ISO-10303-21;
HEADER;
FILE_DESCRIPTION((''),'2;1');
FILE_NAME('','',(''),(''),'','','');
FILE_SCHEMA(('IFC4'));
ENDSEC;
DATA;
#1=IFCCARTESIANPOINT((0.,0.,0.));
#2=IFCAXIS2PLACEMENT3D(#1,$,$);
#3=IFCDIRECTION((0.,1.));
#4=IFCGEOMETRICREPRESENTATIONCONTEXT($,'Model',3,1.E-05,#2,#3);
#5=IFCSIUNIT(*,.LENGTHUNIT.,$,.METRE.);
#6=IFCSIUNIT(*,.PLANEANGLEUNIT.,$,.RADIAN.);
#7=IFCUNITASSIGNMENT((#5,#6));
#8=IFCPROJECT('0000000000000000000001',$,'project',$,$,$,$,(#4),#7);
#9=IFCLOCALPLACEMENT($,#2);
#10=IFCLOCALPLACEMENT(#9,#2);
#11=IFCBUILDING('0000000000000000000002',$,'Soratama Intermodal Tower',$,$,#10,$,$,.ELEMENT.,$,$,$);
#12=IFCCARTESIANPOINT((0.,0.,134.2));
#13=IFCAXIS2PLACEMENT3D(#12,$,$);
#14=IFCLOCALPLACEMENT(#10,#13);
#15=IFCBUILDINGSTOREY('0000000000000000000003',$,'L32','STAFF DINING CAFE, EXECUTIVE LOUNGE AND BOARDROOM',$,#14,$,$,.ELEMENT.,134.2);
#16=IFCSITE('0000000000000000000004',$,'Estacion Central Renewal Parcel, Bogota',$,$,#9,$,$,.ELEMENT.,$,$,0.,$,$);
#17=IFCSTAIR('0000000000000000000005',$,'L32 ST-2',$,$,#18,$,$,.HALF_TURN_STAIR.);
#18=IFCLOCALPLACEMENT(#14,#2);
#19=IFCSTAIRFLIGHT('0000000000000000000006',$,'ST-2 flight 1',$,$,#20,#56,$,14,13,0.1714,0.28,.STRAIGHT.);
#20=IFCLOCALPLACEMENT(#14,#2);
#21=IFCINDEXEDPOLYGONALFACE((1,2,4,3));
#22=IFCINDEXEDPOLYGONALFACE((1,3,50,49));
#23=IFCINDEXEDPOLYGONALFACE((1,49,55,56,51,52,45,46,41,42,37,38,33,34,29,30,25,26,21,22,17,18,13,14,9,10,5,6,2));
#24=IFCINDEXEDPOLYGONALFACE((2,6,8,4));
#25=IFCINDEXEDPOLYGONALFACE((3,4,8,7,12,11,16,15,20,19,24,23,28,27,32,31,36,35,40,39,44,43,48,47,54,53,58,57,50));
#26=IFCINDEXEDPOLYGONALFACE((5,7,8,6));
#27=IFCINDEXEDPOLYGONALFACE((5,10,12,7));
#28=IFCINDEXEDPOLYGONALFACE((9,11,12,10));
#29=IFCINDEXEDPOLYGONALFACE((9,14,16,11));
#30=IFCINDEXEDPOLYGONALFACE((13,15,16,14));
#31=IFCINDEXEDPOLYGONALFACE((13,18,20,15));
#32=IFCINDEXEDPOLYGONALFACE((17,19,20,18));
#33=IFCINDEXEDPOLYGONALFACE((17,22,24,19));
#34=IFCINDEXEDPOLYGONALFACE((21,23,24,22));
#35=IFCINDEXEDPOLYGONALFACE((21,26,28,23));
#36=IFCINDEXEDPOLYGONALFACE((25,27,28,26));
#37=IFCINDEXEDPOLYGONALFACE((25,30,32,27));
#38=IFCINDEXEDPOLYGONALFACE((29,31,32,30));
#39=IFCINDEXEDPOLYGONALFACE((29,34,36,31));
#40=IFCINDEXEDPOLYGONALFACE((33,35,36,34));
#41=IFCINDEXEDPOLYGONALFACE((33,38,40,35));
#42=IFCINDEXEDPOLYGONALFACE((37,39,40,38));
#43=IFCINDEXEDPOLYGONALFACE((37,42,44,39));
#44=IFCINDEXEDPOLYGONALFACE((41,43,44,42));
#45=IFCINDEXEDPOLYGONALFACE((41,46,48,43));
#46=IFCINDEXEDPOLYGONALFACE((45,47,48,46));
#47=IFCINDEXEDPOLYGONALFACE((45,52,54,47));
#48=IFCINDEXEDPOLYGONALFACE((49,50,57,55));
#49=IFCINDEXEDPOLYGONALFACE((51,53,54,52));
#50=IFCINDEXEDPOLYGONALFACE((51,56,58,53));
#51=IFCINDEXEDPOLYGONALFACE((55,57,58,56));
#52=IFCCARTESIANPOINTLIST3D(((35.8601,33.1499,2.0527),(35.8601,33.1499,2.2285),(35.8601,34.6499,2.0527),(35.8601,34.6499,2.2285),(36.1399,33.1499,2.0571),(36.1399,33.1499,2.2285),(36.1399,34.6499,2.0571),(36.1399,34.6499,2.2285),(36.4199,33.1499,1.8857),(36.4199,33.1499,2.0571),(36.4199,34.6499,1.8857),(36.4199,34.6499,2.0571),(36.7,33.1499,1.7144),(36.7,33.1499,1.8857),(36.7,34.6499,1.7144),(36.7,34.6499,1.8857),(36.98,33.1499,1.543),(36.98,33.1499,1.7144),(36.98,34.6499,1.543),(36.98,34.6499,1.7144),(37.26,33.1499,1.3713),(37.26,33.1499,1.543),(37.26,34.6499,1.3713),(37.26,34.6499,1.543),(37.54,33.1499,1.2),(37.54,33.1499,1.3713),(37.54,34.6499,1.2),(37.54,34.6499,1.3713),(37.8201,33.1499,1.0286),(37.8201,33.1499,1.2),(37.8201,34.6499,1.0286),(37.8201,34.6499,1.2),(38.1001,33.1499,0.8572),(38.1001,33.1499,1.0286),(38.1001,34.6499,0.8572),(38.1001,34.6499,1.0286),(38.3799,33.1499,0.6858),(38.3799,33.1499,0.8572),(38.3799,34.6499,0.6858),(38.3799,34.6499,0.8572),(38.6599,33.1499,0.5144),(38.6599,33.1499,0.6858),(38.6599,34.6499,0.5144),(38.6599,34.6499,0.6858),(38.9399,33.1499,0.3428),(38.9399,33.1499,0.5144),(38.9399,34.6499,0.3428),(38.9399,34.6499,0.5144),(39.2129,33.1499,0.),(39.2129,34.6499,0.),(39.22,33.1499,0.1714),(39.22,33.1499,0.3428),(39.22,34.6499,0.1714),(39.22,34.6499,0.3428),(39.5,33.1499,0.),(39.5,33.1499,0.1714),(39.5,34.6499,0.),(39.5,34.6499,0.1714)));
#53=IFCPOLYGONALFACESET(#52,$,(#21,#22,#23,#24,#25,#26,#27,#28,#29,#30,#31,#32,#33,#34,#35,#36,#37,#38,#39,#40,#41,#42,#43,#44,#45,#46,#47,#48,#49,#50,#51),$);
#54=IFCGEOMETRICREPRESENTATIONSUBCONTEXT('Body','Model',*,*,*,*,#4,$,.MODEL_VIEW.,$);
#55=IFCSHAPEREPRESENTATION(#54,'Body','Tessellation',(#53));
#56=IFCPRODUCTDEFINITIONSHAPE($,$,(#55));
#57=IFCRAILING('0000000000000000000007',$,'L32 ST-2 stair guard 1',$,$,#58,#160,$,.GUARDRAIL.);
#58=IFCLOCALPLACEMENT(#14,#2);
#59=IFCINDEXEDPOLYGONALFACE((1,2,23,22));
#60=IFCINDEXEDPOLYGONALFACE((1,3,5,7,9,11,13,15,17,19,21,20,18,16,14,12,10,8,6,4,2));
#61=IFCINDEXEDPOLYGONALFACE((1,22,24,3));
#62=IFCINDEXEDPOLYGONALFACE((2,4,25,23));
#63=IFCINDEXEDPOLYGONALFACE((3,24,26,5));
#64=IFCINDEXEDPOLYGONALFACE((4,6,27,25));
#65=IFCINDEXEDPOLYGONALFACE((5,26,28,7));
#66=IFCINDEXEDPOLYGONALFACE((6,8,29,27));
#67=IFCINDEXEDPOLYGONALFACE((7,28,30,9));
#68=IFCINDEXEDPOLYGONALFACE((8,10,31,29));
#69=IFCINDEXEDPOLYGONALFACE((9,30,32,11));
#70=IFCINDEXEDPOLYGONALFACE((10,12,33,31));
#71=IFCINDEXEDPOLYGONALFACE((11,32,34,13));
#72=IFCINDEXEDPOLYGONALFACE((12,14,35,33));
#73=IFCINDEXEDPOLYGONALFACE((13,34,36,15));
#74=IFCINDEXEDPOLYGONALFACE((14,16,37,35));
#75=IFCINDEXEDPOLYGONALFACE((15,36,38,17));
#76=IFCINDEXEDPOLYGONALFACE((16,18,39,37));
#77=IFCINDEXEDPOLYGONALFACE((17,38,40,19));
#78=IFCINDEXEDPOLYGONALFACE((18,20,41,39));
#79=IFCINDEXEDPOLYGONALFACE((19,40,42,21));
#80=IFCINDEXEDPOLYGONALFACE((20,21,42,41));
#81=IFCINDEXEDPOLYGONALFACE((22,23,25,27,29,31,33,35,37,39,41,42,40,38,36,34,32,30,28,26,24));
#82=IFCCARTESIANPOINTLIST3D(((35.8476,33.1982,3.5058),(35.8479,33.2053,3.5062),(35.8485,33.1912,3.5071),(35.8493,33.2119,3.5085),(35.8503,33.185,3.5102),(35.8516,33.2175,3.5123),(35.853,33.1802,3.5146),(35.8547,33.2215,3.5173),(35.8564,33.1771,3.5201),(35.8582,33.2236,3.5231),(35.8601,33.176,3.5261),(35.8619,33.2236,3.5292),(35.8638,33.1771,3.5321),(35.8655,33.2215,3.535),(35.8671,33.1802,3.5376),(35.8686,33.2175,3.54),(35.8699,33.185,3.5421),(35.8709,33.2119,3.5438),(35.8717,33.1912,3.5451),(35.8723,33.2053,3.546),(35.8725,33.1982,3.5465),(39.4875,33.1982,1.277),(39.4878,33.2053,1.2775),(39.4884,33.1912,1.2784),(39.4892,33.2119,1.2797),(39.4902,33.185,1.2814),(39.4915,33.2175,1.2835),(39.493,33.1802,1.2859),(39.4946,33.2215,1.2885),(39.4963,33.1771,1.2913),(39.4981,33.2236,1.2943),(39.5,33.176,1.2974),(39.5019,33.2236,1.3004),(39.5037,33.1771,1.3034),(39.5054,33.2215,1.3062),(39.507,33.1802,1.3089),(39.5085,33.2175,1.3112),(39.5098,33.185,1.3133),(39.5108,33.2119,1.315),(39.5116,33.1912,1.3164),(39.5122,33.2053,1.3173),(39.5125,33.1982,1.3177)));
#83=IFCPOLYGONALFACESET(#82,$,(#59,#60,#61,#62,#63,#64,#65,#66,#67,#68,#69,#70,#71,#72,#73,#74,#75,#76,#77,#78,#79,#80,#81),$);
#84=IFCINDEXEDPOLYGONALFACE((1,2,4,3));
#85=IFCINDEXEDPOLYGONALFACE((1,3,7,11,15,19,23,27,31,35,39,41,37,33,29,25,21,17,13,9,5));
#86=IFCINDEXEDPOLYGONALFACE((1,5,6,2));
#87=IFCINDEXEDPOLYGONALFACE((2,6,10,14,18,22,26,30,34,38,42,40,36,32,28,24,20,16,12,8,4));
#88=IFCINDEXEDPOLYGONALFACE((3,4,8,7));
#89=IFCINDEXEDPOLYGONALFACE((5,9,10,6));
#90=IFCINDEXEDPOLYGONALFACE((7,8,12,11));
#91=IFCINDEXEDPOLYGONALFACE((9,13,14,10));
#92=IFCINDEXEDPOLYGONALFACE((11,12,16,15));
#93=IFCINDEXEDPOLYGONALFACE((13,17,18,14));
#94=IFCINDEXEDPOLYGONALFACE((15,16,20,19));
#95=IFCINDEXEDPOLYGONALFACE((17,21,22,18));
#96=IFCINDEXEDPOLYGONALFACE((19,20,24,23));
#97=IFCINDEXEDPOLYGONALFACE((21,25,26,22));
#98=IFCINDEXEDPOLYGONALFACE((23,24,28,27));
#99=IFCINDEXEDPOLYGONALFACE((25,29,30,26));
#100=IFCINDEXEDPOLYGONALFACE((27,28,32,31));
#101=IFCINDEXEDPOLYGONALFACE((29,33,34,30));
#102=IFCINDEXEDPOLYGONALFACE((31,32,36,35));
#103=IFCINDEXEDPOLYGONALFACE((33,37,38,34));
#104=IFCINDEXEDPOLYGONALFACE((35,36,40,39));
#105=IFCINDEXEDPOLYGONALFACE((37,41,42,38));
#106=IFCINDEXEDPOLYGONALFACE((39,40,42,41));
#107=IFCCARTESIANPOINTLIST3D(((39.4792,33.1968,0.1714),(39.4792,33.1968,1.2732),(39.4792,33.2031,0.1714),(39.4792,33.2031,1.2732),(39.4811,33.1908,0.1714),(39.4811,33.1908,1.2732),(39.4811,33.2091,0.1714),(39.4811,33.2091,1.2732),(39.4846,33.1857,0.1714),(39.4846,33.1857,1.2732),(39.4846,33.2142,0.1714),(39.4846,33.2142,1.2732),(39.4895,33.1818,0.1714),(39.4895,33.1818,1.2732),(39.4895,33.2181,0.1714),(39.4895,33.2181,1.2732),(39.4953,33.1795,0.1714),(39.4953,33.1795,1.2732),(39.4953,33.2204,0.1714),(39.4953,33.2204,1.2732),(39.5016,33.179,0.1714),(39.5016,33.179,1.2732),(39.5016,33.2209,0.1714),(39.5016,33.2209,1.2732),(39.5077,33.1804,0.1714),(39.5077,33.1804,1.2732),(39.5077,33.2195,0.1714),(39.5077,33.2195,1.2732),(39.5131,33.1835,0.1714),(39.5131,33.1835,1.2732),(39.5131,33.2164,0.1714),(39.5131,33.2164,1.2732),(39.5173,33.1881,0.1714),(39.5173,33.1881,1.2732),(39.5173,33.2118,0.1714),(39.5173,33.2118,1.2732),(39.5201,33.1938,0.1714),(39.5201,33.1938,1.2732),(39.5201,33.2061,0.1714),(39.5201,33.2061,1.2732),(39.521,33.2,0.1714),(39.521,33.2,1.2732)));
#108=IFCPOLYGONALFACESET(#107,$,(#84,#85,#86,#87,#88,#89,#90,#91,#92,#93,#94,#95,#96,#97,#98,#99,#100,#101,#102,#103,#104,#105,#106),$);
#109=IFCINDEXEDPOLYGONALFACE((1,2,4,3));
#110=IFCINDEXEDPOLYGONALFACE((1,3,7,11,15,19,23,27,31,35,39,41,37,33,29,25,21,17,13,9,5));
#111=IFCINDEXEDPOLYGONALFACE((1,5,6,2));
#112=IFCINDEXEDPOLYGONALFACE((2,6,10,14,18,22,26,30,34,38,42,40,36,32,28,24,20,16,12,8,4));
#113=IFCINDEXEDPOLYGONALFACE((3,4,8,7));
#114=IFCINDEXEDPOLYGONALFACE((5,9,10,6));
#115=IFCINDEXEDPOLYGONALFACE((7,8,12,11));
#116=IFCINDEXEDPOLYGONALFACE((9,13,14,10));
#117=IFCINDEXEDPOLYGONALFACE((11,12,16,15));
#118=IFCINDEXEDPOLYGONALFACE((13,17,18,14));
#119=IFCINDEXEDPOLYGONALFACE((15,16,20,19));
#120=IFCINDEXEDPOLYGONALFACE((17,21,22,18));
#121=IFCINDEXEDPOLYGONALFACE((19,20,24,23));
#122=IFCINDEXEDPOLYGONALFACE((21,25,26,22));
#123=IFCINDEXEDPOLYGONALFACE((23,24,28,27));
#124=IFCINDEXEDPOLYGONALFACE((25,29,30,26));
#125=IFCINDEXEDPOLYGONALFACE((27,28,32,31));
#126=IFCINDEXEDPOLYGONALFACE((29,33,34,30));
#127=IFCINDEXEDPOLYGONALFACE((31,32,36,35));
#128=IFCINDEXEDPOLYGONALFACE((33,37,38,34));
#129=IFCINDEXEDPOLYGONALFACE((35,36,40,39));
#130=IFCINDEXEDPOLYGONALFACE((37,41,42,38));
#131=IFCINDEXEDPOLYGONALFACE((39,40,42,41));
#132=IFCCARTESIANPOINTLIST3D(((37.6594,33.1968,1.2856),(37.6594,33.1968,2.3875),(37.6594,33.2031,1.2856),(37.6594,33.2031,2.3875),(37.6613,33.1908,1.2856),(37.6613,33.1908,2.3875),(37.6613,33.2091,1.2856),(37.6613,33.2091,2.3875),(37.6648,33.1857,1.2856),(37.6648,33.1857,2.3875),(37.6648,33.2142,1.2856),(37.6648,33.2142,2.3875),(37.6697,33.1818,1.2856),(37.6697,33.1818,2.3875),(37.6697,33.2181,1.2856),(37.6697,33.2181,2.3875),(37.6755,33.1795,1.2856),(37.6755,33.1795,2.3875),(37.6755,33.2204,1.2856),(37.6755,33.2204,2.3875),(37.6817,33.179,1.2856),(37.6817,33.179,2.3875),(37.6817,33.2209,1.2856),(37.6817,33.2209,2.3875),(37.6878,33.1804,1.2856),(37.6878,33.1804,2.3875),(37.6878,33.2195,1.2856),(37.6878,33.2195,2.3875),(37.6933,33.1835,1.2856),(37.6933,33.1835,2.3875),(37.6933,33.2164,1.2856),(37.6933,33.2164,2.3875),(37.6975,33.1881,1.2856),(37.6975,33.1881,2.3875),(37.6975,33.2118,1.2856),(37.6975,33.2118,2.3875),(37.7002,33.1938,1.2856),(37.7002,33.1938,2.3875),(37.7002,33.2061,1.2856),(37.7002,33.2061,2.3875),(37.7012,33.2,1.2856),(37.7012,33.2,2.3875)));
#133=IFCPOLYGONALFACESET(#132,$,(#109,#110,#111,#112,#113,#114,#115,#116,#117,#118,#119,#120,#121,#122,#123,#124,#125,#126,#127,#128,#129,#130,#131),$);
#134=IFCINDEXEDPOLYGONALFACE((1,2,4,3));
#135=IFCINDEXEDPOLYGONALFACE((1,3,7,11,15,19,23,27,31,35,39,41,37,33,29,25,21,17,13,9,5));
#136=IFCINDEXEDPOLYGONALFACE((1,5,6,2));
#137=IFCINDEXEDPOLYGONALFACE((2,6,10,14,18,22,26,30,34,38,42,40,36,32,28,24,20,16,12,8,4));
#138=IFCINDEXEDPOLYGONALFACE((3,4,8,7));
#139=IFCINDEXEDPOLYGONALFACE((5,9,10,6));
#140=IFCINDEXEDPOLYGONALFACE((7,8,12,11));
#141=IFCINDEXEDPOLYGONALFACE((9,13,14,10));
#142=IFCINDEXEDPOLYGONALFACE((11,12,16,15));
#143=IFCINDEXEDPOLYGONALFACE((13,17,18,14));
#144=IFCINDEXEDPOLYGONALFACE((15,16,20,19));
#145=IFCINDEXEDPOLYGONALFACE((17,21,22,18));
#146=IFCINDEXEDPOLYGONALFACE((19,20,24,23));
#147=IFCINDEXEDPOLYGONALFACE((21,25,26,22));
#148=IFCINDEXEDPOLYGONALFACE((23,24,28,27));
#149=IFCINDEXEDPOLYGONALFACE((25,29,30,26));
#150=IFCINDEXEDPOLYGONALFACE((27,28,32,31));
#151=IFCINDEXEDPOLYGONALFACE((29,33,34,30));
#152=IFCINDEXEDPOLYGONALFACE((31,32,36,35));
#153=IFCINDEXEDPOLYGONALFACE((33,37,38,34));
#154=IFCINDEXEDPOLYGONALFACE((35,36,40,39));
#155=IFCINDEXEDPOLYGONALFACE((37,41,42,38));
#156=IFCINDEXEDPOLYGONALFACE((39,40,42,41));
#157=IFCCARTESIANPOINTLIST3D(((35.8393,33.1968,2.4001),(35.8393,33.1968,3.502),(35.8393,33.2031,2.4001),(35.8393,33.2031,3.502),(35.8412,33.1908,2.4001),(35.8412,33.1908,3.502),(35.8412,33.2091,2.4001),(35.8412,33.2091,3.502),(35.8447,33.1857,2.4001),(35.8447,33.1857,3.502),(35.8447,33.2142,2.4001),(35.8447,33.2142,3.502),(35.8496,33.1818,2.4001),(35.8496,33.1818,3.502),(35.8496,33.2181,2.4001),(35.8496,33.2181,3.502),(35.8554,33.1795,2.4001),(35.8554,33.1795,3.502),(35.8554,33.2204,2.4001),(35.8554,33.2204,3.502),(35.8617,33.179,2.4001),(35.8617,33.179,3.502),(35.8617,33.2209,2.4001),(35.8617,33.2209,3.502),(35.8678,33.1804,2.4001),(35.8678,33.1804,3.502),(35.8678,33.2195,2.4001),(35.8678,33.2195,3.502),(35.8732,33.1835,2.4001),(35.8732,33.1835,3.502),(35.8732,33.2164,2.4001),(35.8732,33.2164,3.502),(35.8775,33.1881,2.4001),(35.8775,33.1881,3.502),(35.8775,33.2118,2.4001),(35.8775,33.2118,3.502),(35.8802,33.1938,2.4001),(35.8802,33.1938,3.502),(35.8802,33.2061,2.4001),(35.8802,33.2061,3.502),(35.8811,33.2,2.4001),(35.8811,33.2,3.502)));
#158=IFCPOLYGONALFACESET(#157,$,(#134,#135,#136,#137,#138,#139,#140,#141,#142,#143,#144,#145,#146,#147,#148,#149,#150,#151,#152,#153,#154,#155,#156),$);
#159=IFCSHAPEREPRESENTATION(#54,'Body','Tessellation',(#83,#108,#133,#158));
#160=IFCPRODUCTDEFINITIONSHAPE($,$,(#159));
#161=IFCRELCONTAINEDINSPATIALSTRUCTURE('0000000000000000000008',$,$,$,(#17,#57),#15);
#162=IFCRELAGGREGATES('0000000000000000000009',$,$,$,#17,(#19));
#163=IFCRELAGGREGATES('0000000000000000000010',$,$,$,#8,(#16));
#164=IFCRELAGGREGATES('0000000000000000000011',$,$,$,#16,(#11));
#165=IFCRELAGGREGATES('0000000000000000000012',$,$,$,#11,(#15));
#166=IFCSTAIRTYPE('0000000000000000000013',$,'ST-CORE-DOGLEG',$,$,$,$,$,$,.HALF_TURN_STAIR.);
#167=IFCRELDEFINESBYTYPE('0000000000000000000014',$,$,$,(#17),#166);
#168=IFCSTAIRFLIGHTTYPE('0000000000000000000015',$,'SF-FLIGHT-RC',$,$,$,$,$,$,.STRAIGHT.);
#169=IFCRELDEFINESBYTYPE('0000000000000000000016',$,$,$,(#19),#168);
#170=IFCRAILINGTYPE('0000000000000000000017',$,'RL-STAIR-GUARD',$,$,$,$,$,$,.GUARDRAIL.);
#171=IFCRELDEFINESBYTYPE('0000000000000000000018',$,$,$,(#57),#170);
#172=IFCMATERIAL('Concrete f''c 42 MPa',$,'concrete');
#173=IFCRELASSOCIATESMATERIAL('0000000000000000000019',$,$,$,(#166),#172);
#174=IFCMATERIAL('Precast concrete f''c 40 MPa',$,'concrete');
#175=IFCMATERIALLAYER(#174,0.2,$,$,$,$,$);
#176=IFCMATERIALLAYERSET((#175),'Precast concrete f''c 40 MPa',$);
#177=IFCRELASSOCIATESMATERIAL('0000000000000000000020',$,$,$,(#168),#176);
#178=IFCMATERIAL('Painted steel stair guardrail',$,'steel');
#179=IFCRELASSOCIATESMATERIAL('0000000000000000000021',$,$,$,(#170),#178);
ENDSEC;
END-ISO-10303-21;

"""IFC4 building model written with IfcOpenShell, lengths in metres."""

from ifc_helpers import new_model, si_unit, direction, frame, origin, origin_2d, place, context, subcontext, project, spatial, polyline, circle, outline, extrude, material, layer, layer_set, type_object, element, aggregate, save


model = new_model("IFC4")

# Units and contexts
model_context = context("Model", 3, precision=1e-05, world=origin(), true_north=direction((0.0, 1.0)))
body_context = subcontext(model_context, "Body", "Model", "MODEL_VIEW")
ifc_project = project(units=[si_unit("LENGTHUNIT", "METRE"), si_unit("PLANEANGLEUNIT", "RADIAN")], contexts=[model_context])

# Site, building, storey
site_placement = place(None, origin())
site = spatial("IfcSite", under=ifc_project, at=site_placement, Name="Estacion Central Renewal Parcel, Bogota", CompositionType="ELEMENT", RefElevation=0.0)
building_placement = place(site_placement, origin())
building = spatial("IfcBuilding", under=site, at=building_placement, Name="Soratama Intermodal Tower", CompositionType="ELEMENT")
storey_placement = place(building_placement, frame((0.0, 0.0, 134.2)))
storey = spatial("IfcBuildingStorey", under=building, at=storey_placement, Name="L32", Description="STAFF DINING CAFE, EXECUTIVE LOUNGE AND BOARDROOM", CompositionType="ELEMENT", Elevation=134.2)

# Stair, stair flight
ifc_material_1 = material(Name="Concrete f'c 42 MPa", Category="concrete")
stair_type = type_object("IfcStairType", Name="ST-CORE-DOGLEG", PredefinedType="HALF_TURN_STAIR", material=ifc_material_1)
stair_placement = place(storey_placement, origin())
stair = element("IfcStair", 1, at=stair_placement, inside=storey, type_object=stair_type, Name="L32 ST-2", PredefinedType="HALF_TURN_STAIR")
ifc_material_2 = material(Name="Precast concrete f'c 40 MPa", Category="concrete")
ifc_layer_1 = layer(ifc_material_2, 0.2)
ifc_layer_set_1 = layer_set([ifc_layer_1], Name="Precast concrete f'c 40 MPa")
stair_flight_type = type_object("IfcStairFlightType", Name="SF-FLIGHT-RC", PredefinedType="STRAIGHT", material=ifc_layer_set_1)
stair_flight_placement = place(storey_placement, frame((39.5, 33.8999, 0.0), z_axis=(0.0, 0.0, 1.0), x_axis=(-1.0, 0.0, 0.0)))
stair_flight = element("IfcStairFlight", 2, at=stair_flight_placement, type_object=stair_flight_type, Name="ST-2 flight 1", NumberOfRisers=14, NumberOfTreads=13, PredefinedType="STRAIGHT", RiserHeight=0.1714, TreadLength=0.28, context=body_context, shape_type="SweptSolid", body=[
    extrude(outline(polyline([(0.0, 0.0), (0.0, 0.1714), (0.28, 0.1714), (0.28, 0.3428), (0.5601, 0.3428), (0.5601, 0.5144), (0.8401, 0.5144), (0.8401, 0.6858), (1.1201, 0.6858), (1.1201, 0.8572), (1.3999, 0.8572), (1.3999, 1.0286), (1.6799, 1.0286), (1.6799, 1.2), (1.96, 1.2), (1.96, 1.3713), (2.24, 1.3713), (2.24, 1.543), (2.52, 1.543), (2.52, 1.7144), (2.8, 1.7144), (2.8, 1.8857), (3.0801, 1.8857), (3.0801, 2.0571), (3.3601, 2.0571), (3.3601, 2.2285), (3.6399, 2.2285), (3.6399, 2.3999), (3.6399, 2.0527), (0.2871, 0.0), (0.0, 0.0)])), frame((0.0, 0.75, 0.0), z_axis=(0.0, -1.0, 0.0), x_axis=(1.0, 0.0, 0.0)), (0.0, 0.0, 1.0), 1.5),
])
aggregate(stair, [stair_flight])

# Railing
ifc_material_3 = material(Name="Painted steel stair guardrail", Category="steel")
railing_type_1 = type_object("IfcRailingType", Name="RL-STAIR-GUARD", PredefinedType="GUARDRAIL", material=ifc_material_3)
railing_1_placement = place(storey_placement, frame((39.5, 33.2, 0.1714)))
element("IfcRailing", 3, at=railing_1_placement, inside=storey, type_object=railing_type_1, Name="L32 ST-2 stair guard 1", PredefinedType="GUARDRAIL", context=body_context, shape_type="SweptSolid", body=[
    extrude(circle(Radius=0.0239, at=origin_2d()), frame((0.0, 0.0, 1.126), z_axis=(-0.852825, 0.0, 0.522197), x_axis=(0.0, -1.0, 0.0)), (0.0, 0.0, 1.0), 4.2681),
    extrude(circle(Radius=0.021, at=origin_2d()), origin(), (0.0, 0.0, 1.0), 1.1018),
    extrude(circle(Radius=0.021, at=origin_2d()), frame((-1.8198, 0.0, 1.1143)), (0.0, 0.0, 1.0), 1.1018),
    extrude(circle(Radius=0.021, at=origin_2d()), frame((-3.6399, 0.0, 2.2288)), (0.0, 0.0, 1.0), 1.1018),
])

save(model, "model.ifc")
